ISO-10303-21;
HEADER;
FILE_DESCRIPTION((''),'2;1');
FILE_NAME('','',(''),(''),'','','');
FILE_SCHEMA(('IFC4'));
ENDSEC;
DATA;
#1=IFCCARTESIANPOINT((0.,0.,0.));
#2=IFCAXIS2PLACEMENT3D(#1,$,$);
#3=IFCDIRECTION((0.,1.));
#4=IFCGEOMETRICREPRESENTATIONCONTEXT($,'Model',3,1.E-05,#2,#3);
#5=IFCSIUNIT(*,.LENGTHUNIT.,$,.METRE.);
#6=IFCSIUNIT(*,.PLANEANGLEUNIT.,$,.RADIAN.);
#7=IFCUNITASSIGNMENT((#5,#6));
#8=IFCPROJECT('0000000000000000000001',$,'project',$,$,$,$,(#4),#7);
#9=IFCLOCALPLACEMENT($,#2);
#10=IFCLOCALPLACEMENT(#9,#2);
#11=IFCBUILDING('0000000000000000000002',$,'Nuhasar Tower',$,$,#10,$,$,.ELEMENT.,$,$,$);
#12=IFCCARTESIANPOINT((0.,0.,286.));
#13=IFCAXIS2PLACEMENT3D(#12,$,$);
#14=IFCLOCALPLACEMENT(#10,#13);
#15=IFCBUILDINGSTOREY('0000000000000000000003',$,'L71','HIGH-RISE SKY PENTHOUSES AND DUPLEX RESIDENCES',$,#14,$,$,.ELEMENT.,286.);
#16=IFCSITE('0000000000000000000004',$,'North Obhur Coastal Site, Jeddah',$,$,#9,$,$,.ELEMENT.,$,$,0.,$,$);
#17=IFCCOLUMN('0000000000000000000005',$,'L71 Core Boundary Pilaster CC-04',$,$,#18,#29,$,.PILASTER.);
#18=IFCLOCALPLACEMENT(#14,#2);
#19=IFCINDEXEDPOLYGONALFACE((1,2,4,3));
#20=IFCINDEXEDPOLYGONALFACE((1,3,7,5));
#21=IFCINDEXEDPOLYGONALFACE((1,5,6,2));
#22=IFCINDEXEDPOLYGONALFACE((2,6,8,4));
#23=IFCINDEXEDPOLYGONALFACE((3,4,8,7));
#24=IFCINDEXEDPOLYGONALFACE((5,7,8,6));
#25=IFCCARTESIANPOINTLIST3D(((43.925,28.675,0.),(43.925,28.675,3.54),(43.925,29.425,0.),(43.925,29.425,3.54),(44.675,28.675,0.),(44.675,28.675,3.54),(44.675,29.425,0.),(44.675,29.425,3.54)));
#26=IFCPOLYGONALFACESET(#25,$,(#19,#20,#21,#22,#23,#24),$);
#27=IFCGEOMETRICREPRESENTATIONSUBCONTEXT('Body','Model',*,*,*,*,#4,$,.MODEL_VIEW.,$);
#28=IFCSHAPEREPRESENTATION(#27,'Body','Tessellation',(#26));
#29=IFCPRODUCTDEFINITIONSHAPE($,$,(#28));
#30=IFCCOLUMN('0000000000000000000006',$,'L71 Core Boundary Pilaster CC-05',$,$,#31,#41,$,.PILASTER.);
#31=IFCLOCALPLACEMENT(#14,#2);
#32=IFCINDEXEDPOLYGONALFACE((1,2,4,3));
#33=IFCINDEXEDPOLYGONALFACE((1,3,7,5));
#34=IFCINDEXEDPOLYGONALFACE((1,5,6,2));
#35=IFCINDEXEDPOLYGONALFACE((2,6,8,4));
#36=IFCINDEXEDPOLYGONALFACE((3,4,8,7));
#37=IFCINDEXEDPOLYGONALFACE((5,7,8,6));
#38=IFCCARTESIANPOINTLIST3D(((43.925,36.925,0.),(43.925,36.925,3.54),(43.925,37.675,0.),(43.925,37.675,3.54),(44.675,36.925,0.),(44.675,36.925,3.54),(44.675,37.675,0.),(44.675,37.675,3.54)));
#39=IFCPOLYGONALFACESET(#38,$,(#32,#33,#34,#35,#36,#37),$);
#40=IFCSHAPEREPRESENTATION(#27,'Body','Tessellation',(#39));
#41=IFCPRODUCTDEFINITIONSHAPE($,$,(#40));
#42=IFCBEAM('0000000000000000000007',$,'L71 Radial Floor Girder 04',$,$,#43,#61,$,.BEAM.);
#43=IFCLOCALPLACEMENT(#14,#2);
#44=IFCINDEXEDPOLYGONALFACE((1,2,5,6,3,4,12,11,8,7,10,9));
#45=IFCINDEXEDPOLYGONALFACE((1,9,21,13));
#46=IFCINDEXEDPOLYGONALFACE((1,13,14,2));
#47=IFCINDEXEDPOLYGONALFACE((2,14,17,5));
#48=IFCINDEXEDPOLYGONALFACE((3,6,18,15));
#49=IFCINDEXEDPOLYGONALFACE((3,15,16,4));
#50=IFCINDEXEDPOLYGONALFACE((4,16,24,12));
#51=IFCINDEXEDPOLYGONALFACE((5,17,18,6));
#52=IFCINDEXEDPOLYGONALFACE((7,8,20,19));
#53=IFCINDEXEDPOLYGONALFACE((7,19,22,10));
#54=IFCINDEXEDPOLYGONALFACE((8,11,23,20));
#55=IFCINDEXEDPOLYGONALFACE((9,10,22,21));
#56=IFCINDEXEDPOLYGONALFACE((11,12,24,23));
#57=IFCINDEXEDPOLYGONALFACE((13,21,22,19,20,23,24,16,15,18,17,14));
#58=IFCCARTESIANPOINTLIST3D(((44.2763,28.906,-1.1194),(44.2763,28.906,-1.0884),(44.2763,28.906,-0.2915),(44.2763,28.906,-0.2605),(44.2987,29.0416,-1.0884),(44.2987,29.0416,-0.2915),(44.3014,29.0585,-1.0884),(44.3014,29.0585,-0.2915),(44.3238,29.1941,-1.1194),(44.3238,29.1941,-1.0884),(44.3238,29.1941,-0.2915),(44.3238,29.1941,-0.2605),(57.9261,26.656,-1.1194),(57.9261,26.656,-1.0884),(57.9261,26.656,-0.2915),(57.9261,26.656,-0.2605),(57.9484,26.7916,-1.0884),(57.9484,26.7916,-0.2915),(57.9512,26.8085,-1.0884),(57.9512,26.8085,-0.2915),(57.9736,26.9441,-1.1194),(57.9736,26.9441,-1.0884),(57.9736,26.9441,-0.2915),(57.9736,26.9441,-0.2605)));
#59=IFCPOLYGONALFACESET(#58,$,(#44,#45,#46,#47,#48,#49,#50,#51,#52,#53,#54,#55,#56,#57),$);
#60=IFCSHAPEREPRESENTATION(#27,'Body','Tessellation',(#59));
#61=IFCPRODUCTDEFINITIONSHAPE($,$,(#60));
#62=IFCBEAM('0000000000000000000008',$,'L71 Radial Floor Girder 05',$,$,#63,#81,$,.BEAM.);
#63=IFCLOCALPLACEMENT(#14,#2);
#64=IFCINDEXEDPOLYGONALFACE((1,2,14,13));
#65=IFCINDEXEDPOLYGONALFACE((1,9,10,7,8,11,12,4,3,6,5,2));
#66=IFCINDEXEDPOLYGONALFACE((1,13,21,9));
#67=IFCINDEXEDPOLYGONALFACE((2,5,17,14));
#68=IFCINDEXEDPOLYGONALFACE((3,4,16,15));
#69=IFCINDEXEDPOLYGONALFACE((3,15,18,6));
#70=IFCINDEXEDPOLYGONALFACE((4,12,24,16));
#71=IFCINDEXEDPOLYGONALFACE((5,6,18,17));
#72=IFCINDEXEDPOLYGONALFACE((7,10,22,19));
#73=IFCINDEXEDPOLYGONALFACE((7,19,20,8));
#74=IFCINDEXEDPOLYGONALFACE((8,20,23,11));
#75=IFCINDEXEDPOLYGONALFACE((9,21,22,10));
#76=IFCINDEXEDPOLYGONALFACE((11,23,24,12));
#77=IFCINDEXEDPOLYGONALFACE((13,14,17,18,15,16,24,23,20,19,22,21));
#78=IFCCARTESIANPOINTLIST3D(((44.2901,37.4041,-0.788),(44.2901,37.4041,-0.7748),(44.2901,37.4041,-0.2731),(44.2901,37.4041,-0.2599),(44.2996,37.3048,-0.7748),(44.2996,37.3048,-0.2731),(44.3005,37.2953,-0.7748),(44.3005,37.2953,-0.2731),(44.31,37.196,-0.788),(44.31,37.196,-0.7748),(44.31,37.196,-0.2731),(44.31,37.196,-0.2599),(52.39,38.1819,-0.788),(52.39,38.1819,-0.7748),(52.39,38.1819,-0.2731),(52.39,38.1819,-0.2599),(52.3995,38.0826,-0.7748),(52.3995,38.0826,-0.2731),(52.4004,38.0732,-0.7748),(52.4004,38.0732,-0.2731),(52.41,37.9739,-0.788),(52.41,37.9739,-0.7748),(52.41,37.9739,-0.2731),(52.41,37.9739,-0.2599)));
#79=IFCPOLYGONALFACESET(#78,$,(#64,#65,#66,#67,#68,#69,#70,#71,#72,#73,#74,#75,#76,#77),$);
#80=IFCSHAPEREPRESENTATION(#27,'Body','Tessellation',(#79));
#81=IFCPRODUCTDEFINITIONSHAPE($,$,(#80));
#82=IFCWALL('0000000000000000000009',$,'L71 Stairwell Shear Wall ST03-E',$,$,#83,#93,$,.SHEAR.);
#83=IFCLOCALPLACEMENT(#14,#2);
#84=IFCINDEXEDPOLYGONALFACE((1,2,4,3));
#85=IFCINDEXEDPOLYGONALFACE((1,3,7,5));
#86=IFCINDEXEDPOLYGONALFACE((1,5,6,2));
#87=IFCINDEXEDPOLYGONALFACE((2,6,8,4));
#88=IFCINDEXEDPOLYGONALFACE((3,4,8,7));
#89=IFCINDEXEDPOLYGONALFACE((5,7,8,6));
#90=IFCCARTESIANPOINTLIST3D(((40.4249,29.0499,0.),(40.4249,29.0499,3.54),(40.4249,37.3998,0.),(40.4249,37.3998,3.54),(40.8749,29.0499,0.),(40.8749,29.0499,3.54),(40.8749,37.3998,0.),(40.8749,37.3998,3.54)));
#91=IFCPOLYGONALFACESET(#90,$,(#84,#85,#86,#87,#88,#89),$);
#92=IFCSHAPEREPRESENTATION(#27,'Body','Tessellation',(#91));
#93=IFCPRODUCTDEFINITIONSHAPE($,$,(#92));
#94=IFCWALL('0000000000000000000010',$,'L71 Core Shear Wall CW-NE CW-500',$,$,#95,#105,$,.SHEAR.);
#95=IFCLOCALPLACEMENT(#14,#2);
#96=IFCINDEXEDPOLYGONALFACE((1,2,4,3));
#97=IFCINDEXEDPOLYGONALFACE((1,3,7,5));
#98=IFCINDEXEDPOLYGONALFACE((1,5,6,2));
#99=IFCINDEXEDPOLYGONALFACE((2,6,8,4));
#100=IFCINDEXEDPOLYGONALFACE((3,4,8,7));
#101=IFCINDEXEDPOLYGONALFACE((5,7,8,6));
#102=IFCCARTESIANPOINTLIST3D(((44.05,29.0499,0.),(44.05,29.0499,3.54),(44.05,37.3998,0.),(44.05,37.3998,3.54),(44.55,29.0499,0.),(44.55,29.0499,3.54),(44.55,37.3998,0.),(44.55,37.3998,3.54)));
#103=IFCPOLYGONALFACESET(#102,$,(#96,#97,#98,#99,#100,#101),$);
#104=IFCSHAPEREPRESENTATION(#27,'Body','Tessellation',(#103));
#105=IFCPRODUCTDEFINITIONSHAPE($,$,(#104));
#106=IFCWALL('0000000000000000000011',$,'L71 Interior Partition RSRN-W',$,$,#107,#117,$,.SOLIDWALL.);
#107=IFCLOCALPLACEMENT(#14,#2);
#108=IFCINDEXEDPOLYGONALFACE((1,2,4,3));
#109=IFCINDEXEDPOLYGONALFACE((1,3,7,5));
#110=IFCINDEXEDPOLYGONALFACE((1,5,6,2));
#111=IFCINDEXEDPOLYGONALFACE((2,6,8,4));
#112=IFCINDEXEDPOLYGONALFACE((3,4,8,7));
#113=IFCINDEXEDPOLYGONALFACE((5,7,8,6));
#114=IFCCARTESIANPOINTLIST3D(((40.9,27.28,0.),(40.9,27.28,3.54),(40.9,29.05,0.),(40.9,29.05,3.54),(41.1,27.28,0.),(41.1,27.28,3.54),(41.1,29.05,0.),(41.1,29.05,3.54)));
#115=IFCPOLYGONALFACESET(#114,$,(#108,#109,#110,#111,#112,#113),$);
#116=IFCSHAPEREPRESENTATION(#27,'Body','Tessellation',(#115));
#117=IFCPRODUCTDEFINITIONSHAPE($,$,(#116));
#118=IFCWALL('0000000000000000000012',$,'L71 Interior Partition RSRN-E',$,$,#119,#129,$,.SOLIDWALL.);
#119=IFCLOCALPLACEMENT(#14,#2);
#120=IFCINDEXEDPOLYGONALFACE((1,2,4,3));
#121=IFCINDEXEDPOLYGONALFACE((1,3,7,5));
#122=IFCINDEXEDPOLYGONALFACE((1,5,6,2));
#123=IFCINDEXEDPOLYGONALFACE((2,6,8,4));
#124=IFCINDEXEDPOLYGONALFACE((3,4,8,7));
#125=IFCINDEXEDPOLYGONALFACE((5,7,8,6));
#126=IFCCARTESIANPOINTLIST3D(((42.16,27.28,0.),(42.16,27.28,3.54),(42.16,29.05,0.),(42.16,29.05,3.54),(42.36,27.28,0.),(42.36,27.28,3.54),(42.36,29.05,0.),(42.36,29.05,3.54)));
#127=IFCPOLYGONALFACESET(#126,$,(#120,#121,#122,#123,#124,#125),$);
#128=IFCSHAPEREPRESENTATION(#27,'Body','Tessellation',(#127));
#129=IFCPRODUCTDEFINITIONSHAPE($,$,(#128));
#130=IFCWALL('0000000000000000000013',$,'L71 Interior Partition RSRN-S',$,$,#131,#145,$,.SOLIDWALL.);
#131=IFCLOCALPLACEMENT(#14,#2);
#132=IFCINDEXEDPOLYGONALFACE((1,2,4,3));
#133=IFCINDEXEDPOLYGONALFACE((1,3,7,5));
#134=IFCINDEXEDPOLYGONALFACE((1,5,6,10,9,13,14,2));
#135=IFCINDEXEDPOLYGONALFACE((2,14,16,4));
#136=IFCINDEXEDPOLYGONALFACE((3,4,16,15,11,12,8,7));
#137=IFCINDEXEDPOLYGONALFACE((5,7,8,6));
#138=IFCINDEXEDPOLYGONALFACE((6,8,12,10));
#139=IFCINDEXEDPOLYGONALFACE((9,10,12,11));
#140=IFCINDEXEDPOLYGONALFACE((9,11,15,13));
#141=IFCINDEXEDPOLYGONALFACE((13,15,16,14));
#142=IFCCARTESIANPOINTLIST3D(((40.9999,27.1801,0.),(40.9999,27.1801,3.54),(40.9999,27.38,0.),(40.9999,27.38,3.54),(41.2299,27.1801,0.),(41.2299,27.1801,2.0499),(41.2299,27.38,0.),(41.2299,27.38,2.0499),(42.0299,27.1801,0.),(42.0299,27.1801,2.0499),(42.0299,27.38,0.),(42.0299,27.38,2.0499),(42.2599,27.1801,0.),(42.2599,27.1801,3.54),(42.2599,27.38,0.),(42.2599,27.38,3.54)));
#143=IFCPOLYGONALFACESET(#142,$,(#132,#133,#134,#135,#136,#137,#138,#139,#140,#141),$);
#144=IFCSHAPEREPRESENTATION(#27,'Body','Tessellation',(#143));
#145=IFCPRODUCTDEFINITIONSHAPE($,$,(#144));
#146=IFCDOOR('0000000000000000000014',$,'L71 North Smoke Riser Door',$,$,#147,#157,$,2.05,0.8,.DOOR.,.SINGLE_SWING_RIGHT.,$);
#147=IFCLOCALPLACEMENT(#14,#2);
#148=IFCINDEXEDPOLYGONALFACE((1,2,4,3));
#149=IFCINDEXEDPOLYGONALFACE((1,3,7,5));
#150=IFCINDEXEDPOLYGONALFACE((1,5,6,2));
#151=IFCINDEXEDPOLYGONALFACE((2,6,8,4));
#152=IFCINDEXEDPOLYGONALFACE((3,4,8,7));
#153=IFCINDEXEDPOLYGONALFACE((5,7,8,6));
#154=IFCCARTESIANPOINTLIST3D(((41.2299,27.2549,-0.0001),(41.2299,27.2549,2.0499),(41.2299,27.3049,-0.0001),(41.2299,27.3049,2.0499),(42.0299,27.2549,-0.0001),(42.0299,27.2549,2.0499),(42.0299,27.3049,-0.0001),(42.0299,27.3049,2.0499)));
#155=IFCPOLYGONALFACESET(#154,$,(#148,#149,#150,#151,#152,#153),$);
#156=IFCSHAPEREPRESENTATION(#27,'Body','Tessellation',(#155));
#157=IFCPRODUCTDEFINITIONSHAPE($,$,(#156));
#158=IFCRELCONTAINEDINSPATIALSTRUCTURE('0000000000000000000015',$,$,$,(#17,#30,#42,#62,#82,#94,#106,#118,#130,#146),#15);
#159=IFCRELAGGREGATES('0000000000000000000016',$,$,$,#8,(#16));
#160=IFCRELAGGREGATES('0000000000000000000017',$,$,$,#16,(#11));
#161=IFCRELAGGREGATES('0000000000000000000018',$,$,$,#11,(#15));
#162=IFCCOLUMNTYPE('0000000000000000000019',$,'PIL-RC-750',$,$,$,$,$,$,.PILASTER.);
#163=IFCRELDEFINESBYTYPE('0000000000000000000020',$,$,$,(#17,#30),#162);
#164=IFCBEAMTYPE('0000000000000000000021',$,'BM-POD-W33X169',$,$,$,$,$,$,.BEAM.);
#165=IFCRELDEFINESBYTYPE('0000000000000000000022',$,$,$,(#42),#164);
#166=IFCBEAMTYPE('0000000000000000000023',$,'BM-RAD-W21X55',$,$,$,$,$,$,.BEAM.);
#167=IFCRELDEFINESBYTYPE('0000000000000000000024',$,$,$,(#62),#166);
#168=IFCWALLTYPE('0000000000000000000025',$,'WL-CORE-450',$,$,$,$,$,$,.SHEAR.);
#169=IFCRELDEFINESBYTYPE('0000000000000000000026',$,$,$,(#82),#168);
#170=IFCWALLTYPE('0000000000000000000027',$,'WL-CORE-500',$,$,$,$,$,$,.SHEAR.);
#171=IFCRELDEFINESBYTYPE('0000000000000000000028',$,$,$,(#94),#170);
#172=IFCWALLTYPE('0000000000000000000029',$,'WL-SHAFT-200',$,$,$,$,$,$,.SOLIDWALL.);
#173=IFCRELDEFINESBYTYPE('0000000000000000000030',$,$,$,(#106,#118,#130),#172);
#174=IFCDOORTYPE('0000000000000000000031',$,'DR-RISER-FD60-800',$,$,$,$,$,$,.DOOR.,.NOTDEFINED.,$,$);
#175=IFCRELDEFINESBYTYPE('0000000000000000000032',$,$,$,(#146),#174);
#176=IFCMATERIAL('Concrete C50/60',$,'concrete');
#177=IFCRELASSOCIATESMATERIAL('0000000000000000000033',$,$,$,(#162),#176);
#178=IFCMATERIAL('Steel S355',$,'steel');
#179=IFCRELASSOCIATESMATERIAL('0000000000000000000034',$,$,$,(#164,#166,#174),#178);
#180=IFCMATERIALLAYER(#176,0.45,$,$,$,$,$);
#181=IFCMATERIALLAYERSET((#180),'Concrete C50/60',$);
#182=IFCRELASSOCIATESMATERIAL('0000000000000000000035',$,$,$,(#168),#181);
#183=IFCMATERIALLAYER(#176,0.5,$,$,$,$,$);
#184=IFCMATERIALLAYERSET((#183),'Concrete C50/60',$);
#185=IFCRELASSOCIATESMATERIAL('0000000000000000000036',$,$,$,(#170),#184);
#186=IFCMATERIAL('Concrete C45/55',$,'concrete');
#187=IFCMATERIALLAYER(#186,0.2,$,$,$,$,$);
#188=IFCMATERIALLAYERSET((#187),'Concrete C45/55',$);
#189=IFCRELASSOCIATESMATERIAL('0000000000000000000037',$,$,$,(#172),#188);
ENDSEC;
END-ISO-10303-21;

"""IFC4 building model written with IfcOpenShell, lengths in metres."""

from ifc_helpers import new_model, si_unit, direction, frame, frame_2d, origin, origin_2d, place, context, subcontext, project, spatial, rectangle, i_section, extrude, material, layer, layer_set, material_profile, profile_set, type_object, element, fill, save


model = new_model("IFC4")

# Units and contexts
model_context = context("Model", 3, precision=1e-05, world=origin(), true_north=direction((0.0, 1.0)))
body_context = subcontext(model_context, "Body", "Model", "MODEL_VIEW")
ifc_project = project(units=[si_unit("LENGTHUNIT", "METRE"), si_unit("PLANEANGLEUNIT", "RADIAN")], contexts=[model_context])

# Site, building, storey
site_placement = place(None, origin())
site = spatial("IfcSite", under=ifc_project, at=site_placement, Name="North Obhur Coastal Site, Jeddah", CompositionType="ELEMENT", RefElevation=0.0)
building_placement = place(site_placement, origin())
building = spatial("IfcBuilding", under=site, at=building_placement, Name="Nuhasar Tower", CompositionType="ELEMENT")
storey_placement = place(building_placement, frame((0.0, 0.0, 286.0)))
storey = spatial("IfcBuildingStorey", under=building, at=storey_placement, Name="L71", Description="HIGH-RISE SKY PENTHOUSES AND DUPLEX RESIDENCES", CompositionType="ELEMENT", Elevation=286.0)

# Columns
ifc_material_1 = material(Name="Concrete C50/60", Category="concrete")
ifc_material_profile_1 = material_profile(ifc_material_1, rectangle(XDim=0.75, YDim=0.75, at=origin_2d()), Name="RC750X750")
ifc_profile_set_1 = profile_set([ifc_material_profile_1], Name="Concrete C50/60")
column_type = type_object("IfcColumnType", Name="PIL-RC-750", PredefinedType="PILASTER", material=ifc_profile_set_1)
for number, where, z_axis, x_axis, name in (
    (1, (44.3, 29.05, 0.0), (0.0, 0.0, 1.0), (1.0, 0.0, 0.0), "L71 Core Boundary Pilaster CC-04"),
    (2, (44.3, 37.3, 0.0), (0.0, 0.0, 1.0), (1.0, 0.0, 0.0), "L71 Core Boundary Pilaster CC-05"),
):
    element("IfcColumn", number, at=place(storey_placement, frame(where, z_axis=z_axis, x_axis=x_axis)), inside=storey, type_object=column_type, Name=name, PredefinedType="PILASTER", context=body_context, shape_type="SweptSolid", body=[
        extrude(rectangle(XDim=0.75, YDim=0.75, at=origin_2d()), origin(), (0.0, 0.0, 1.0), 3.54),
    ])

# Beams
ifc_material_2 = material(Name="Steel S355", Category="steel")
ifc_material_profile_2 = material_profile(ifc_material_2, i_section(OverallWidth=0.292, OverallDepth=0.8589, WebThickness=0.0171, FlangeThickness=0.031, at=origin_2d()), Name="W33X169")
ifc_profile_set_2 = profile_set([ifc_material_profile_2], Name="Steel S355")
beam_type_1 = type_object("IfcBeamType", Name="BM-POD-W33X169", PredefinedType="BEAM", material=ifc_profile_set_2)
beam_1_placement = place(storey_placement, frame((44.3, 29.05, -0.6899), z_axis=(0.986685, -0.162642, 0.0), x_axis=(0.162642, 0.986685, 0.0)))
element("IfcBeam", 3, at=beam_1_placement, inside=storey, type_object=beam_type_1, Name="L71 Radial Floor Girder 04", PredefinedType="BEAM", context=body_context, shape_type="SweptSolid", body=[
    extrude(i_section(OverallWidth=0.292, OverallDepth=0.8589, WebThickness=0.0171, FlangeThickness=0.031, at=origin_2d()), origin(), (0.0, 0.0, 1.0), 13.834),
])
ifc_material_profile_3 = material_profile(ifc_material_2, i_section(OverallWidth=0.209, OverallDepth=0.5281, WebThickness=0.0095, FlangeThickness=0.0132, at=origin_2d()), Name="W21X55")
ifc_profile_set_3 = profile_set([ifc_material_profile_3], Name="Steel S355")
beam_type_2 = type_object("IfcBeamType", Name="BM-RAD-W21X55", PredefinedType="BEAM", material=ifc_profile_set_3)
beam_2_placement = place(storey_placement, frame((44.3, 37.3, -0.5239), z_axis=(0.995421, 0.095591, 0.0), x_axis=(-0.095591, 0.995421, 0.0)))
element("IfcBeam", 4, at=beam_2_placement, inside=storey, type_object=beam_type_2, Name="L71 Radial Floor Girder 05", PredefinedType="BEAM", context=body_context, shape_type="SweptSolid", body=[
    extrude(i_section(OverallWidth=0.209, OverallDepth=0.5281, WebThickness=0.0095, FlangeThickness=0.0132, at=origin_2d()), origin(), (0.0, 0.0, 1.0), 8.1372),
])

# Shared definitions
ifc_layer_1 = layer(ifc_material_1, 0.45)
ifc_layer_set_1 = layer_set([ifc_layer_1], Name="Concrete C50/60")
wall_type_1 = type_object("IfcWallType", Name="WL-CORE-450", PredefinedType="SHEAR", material=ifc_layer_set_1)

# Walls
wall_1_placement = place(storey_placement, frame((40.6499, 29.05, 0.0), z_axis=(0.0, 0.0, 1.0), x_axis=(0.0, 1.0, 0.0)))
element("IfcWall", 5, at=wall_1_placement, inside=storey, type_object=wall_type_1, Name="L71 Stairwell Shear Wall ST03-E", PredefinedType="SHEAR", context=body_context, shape_type="SweptSolid", body=[
    extrude(rectangle(XDim=8.3499, YDim=0.45, at=frame_2d((4.1748, 0.0))), origin(), (0.0, 0.0, 1.0), 3.54),
])
ifc_layer_2 = layer(ifc_material_1, 0.5)
ifc_layer_set_2 = layer_set([ifc_layer_2], Name="Concrete C50/60")
wall_type_2 = type_object("IfcWallType", Name="WL-CORE-500", PredefinedType="SHEAR", material=ifc_layer_set_2)
wall_2_placement = place(storey_placement, frame((44.3, 29.05, 0.0), z_axis=(0.0, 0.0, 1.0), x_axis=(0.0, 1.0, 0.0)))
element("IfcWall", 6, at=wall_2_placement, inside=storey, type_object=wall_type_2, Name="L71 Core Shear Wall CW-NE CW-500", PredefinedType="SHEAR", context=body_context, shape_type="SweptSolid", body=[
    extrude(rectangle(XDim=8.3499, YDim=0.5, at=frame_2d((4.1748, 0.0))), origin(), (0.0, 0.0, 1.0), 3.54),
])
ifc_material_3 = material(Name="Concrete C45/55", Category="concrete")
ifc_layer_3 = layer(ifc_material_3, 0.2)
ifc_layer_set_3 = layer_set([ifc_layer_3], Name="Concrete C45/55")
wall_type_3 = type_object("IfcWallType", Name="WL-SHAFT-200", PredefinedType="SOLIDWALL", material=ifc_layer_set_3)
for number, where, z_axis, x_axis, name in (
    (7, (41.0, 27.28, 0.0), (0.0, 0.0, 1.0), (0.0, 1.0, 0.0), "L71 Interior Partition RSRN-W"),
    (8, (42.26, 27.28, 0.0), (0.0, 0.0, 1.0), (0.0, 1.0, 0.0), "L71 Interior Partition RSRN-E"),
):
    element("IfcWall", number, at=place(storey_placement, frame(where, z_axis=z_axis, x_axis=x_axis)), inside=storey, type_object=wall_type_3, Name=name, PredefinedType="SOLIDWALL", context=body_context, shape_type="SweptSolid", body=[
        extrude(rectangle(XDim=1.77, YDim=0.2, at=frame_2d((0.885, 0.0))), origin(), (0.0, 0.0, 1.0), 3.54),
    ])

# Wall, opening, door
wall_3_placement = place(storey_placement, frame((41.0, 27.28, 0.0), z_axis=(0.0, 0.0, 1.0), x_axis=(1.0, 0.0, 0.0)))
wall_3 = element("IfcWall", 9, at=wall_3_placement, inside=storey, type_object=wall_type_3, Name="L71 Interior Partition RSRN-S", PredefinedType="SOLIDWALL", context=body_context, shape_type="SweptSolid", body=[
    extrude(rectangle(XDim=1.26, YDim=0.2, at=frame_2d((0.6299, 0.0))), origin(), (0.0, 0.0, 1.0), 3.54),
])
opening_1_placement = place(wall_3_placement, frame((0.23, 0.0, 0.0)))
opening_1 = element("IfcOpeningElement", 10, at=opening_1_placement, cuts=wall_3, PredefinedType="OPENING", context=body_context, shape_type="SweptSolid", body=[
    extrude(rectangle(XDim=0.8, YDim=2.05, at=frame_2d((0.3999, 1.0249))), frame((0.0, 0.1099, 0.0), z_axis=(0.0, -1.0, 0.0), x_axis=(1.0, 0.0, 0.0)), (0.0, 0.0, 1.0), 0.22),
])
door_type_1 = type_object("IfcDoorType", Name="DR-RISER-FD60-800", OperationType="NOTDEFINED", PredefinedType="DOOR", material=ifc_material_2)
door_1_placement = place(opening_1_placement, origin())
door_1 = element("IfcDoor", 11, at=door_1_placement, inside=storey, type_object=door_type_1, Name="L71 North Smoke Riser Door", OperationType="SINGLE_SWING_RIGHT", OverallHeight=2.05, OverallWidth=0.8, PredefinedType="DOOR", context=body_context, shape_type="SweptSolid", body=[
    extrude(rectangle(XDim=0.8, YDim=2.05, at=frame_2d((0.3999, 1.0249))), frame((0.0, 0.0249, 0.0), z_axis=(0.0, -1.0, 0.0), x_axis=(1.0, 0.0, 0.0)), (0.0, 0.0, 1.0), 0.05),
])
fill(opening_1, door_1)

save(model, "model.ifc")
